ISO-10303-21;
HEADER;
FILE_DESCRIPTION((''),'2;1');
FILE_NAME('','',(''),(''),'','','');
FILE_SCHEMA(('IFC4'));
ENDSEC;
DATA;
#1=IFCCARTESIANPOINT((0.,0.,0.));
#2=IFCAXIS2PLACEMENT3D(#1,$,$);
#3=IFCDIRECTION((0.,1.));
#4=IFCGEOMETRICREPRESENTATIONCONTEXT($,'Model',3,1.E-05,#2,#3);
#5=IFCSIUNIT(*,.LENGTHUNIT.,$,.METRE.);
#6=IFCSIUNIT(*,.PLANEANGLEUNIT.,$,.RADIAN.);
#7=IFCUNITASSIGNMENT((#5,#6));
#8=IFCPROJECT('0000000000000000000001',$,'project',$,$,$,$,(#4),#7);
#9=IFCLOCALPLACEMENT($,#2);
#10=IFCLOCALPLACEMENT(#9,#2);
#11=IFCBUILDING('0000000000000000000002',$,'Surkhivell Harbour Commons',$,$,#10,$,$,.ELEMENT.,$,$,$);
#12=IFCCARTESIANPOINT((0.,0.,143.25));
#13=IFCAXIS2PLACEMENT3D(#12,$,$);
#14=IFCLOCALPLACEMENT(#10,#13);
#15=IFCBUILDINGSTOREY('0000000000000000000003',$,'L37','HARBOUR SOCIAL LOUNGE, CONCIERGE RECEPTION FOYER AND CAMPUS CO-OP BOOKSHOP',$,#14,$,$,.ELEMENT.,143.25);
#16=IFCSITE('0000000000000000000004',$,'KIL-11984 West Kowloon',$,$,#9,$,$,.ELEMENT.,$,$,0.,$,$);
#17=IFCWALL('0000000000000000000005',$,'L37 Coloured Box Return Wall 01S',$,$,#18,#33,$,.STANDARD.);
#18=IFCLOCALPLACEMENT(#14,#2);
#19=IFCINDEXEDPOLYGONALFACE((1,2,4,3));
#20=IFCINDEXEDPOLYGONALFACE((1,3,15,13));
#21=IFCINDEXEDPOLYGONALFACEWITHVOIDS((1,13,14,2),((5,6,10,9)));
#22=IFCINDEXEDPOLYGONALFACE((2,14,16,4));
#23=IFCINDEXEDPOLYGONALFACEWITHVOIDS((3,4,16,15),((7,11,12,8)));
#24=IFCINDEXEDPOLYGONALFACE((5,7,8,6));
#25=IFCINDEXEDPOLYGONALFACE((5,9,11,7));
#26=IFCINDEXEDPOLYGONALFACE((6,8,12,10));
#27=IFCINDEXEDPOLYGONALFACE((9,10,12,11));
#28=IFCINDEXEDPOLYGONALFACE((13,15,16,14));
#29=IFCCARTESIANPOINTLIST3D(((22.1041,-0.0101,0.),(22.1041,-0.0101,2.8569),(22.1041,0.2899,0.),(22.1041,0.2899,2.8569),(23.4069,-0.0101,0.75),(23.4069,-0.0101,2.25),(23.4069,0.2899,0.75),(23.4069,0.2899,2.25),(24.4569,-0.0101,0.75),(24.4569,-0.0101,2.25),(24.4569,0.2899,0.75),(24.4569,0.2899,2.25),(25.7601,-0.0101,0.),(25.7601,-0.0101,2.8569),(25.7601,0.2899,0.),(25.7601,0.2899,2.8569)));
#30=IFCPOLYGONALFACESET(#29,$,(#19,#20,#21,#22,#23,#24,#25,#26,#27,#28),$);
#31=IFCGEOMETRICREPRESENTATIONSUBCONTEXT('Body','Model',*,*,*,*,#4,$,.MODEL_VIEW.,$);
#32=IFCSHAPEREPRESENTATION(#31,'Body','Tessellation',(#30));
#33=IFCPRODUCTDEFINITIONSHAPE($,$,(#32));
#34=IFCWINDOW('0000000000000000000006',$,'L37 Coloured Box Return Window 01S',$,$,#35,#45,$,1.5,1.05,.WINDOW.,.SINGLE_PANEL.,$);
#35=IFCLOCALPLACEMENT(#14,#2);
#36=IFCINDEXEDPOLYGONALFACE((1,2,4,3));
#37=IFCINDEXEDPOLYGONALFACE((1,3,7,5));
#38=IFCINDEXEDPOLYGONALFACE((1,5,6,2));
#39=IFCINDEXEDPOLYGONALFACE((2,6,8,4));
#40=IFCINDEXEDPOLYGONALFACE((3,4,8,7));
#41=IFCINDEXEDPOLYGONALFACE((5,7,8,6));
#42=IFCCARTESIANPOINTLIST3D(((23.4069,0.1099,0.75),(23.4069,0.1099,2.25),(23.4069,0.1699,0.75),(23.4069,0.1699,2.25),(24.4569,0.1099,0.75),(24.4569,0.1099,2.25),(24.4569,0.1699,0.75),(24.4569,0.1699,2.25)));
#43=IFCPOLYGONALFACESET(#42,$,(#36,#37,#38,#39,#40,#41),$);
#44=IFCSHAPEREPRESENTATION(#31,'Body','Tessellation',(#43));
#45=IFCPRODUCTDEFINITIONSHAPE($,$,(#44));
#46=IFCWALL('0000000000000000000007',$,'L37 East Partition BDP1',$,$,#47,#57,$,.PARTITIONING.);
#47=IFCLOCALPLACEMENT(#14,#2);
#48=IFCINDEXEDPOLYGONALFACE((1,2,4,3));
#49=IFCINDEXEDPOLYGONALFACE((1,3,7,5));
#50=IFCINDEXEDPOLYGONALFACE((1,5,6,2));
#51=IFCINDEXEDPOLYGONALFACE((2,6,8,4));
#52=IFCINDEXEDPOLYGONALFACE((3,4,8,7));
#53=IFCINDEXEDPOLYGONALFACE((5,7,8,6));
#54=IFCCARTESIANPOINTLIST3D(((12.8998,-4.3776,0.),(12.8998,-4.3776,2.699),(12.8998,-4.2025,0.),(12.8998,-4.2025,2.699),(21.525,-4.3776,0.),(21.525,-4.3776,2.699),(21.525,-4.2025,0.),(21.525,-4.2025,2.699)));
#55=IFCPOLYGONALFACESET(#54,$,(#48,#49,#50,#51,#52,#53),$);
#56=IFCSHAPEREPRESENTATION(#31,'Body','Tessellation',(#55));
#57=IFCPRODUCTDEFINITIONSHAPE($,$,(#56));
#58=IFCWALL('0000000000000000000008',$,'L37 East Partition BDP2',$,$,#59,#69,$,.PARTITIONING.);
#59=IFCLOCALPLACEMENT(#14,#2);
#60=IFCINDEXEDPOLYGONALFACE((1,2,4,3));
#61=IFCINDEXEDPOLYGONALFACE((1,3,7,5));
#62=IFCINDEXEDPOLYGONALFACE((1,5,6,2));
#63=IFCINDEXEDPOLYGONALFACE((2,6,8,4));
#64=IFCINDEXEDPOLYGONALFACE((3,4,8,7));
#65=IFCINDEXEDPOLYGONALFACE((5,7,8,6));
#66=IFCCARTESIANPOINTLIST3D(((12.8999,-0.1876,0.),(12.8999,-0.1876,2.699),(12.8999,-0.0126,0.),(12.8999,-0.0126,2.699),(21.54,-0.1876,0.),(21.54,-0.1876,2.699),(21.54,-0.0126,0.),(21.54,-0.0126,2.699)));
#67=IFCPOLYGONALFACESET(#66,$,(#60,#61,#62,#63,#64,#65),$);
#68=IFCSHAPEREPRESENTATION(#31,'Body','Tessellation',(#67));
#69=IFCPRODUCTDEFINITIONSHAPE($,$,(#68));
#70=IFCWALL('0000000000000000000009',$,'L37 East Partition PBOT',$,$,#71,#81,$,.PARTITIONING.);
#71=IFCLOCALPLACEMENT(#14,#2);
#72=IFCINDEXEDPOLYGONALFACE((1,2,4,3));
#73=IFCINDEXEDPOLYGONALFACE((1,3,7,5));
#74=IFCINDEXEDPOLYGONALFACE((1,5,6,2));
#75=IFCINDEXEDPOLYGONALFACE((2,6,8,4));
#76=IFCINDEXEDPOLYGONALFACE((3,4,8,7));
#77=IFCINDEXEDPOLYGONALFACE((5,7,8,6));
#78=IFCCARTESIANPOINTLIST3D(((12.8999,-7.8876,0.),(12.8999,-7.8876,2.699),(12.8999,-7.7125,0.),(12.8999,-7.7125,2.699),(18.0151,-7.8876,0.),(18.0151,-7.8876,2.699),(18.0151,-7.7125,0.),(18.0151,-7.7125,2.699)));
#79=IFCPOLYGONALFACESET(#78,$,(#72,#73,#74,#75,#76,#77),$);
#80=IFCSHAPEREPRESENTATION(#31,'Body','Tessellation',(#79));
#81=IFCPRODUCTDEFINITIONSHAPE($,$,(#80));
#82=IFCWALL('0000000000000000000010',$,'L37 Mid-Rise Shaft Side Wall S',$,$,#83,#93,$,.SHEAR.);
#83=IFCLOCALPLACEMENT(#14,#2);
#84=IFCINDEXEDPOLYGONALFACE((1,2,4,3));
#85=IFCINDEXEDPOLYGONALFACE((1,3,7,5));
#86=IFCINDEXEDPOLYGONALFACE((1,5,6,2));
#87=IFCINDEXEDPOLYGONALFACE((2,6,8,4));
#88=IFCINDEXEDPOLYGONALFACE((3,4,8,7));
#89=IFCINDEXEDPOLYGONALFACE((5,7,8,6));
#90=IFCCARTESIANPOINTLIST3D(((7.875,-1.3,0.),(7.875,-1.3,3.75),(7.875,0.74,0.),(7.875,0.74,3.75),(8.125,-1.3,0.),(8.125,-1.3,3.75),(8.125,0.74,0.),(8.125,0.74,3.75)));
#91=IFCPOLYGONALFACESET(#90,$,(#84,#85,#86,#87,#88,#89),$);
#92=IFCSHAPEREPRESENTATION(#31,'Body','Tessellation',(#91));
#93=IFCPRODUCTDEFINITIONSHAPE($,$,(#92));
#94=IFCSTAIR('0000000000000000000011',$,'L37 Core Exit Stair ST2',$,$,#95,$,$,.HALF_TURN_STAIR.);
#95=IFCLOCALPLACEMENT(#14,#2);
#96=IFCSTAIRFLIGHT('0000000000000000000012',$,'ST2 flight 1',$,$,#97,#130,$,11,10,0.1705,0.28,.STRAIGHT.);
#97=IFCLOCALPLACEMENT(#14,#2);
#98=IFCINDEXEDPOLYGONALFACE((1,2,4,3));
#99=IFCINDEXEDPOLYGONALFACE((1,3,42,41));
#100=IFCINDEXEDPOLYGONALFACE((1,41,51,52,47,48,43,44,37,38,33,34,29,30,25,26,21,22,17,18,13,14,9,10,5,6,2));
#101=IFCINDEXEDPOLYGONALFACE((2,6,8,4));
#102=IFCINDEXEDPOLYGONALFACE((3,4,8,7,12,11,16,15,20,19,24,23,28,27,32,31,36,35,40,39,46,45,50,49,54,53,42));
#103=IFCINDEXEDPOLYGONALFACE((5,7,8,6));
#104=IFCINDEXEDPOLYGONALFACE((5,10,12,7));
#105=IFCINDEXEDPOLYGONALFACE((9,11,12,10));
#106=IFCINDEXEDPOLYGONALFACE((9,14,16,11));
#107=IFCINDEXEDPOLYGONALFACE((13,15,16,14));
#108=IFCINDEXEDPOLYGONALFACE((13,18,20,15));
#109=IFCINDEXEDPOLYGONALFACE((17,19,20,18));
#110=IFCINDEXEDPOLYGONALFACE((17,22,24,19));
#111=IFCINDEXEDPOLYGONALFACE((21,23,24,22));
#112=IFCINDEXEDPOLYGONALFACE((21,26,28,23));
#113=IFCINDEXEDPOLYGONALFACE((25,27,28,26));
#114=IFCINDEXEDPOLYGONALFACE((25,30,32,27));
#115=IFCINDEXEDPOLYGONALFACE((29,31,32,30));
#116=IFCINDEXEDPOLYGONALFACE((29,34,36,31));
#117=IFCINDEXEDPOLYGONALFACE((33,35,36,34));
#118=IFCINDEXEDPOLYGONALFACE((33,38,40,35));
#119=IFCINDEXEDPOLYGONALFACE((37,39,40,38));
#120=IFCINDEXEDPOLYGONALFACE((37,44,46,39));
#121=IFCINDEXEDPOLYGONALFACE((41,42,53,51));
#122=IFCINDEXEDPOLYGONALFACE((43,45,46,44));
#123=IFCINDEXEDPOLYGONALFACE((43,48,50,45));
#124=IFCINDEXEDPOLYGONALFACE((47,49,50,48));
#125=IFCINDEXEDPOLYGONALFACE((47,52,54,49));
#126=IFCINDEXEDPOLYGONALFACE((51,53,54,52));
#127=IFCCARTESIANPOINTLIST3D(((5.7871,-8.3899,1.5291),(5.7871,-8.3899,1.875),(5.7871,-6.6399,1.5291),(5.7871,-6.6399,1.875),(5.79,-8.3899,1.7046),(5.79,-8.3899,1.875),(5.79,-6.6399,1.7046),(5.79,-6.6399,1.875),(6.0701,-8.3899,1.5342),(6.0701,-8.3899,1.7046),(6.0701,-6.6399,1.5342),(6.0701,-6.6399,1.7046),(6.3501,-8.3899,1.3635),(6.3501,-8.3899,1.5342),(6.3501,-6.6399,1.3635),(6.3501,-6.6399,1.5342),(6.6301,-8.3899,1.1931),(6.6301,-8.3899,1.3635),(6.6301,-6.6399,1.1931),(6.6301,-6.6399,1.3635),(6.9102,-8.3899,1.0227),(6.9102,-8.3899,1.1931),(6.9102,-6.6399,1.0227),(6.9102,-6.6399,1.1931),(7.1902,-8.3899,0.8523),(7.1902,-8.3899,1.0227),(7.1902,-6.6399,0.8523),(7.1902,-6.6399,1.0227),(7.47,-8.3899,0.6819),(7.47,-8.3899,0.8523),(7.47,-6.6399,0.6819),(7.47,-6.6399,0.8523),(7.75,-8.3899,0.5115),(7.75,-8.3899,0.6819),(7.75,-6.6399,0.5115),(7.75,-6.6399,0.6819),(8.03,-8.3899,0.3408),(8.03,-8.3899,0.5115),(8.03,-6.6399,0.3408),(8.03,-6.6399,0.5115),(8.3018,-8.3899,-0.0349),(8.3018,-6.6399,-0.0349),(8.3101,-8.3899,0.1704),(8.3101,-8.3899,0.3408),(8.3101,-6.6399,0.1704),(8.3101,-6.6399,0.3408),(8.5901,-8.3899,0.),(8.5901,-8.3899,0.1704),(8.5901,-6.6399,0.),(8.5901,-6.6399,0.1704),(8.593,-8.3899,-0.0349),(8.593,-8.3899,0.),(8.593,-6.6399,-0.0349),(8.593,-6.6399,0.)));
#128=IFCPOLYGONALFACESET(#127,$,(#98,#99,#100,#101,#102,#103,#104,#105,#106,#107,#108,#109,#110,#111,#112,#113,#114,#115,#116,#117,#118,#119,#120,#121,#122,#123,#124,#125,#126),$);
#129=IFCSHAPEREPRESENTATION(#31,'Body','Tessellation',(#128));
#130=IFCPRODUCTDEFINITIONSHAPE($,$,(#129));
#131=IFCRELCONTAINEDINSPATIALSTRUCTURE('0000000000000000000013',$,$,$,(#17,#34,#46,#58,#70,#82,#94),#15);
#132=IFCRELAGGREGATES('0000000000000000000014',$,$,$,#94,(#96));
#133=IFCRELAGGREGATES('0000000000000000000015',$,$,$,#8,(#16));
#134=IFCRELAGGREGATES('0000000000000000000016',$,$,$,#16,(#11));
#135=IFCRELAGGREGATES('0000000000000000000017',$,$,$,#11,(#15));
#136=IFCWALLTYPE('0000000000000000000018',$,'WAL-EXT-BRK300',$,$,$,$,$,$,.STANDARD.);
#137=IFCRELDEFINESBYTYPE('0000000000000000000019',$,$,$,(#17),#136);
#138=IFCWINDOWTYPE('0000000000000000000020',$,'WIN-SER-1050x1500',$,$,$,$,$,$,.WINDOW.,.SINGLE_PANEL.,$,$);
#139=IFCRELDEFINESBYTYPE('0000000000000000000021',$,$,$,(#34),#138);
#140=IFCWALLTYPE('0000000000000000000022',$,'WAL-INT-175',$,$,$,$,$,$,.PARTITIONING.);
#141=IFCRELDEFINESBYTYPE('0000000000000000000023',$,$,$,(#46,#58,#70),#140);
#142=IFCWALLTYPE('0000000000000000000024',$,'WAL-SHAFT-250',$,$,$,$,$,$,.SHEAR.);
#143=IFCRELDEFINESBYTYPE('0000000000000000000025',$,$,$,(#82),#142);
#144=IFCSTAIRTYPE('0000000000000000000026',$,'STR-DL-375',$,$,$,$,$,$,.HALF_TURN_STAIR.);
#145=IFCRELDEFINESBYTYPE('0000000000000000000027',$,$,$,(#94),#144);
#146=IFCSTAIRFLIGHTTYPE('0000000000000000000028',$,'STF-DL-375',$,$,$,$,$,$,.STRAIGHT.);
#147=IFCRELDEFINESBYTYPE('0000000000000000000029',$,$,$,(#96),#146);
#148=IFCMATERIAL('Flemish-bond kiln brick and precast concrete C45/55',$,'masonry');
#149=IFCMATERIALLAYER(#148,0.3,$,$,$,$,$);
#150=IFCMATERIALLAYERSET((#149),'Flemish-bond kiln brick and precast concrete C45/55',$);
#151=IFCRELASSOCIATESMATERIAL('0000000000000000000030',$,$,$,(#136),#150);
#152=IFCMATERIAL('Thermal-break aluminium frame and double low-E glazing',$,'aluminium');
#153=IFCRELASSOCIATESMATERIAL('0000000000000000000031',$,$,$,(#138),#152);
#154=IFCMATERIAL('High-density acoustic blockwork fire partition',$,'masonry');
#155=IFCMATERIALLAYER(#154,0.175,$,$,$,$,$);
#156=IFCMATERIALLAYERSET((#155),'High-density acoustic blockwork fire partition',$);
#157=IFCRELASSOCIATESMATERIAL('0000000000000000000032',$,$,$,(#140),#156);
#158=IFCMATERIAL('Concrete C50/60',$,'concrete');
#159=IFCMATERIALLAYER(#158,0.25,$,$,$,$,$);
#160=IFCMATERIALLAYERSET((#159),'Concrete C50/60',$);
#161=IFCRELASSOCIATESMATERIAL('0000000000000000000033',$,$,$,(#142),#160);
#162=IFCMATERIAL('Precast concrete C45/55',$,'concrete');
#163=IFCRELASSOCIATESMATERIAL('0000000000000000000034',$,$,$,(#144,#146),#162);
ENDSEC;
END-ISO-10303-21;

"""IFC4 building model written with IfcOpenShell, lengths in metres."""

from ifc_helpers import new_model, si_unit, direction, frame, frame_2d, origin, place, context, subcontext, project, spatial, polyline, rectangle, outline, extrude, material, layer, layer_set, type_object, element, fill, aggregate, save


model = new_model("IFC4")

# Units and contexts
model_context = context("Model", 3, precision=1e-05, world=origin(), true_north=direction((0.0, 1.0)))
body_context = subcontext(model_context, "Body", "Model", "MODEL_VIEW")
ifc_project = project(units=[si_unit("LENGTHUNIT", "METRE"), si_unit("PLANEANGLEUNIT", "RADIAN")], contexts=[model_context])

# Site, building, storey
site_placement = place(None, origin())
site = spatial("IfcSite", under=ifc_project, at=site_placement, Name="KIL-11984 West Kowloon", CompositionType="ELEMENT", RefElevation=0.0)
building_placement = place(site_placement, origin())
building = spatial("IfcBuilding", under=site, at=building_placement, Name="Surkhivell Harbour Commons", CompositionType="ELEMENT")
storey_placement = place(building_placement, frame((0.0, 0.0, 143.25)))
storey = spatial("IfcBuildingStorey", under=building, at=storey_placement, Name="L37", Description="HARBOUR SOCIAL LOUNGE, CONCIERGE RECEPTION FOYER AND CAMPUS CO-OP BOOKSHOP", CompositionType="ELEMENT", Elevation=143.25)

# Wall, opening, window
ifc_material_1 = material(Name="Flemish-bond kiln brick and precast concrete C45/55", Category="masonry")
ifc_layer_1 = layer(ifc_material_1, 0.3)
ifc_layer_set_1 = layer_set([ifc_layer_1], Name="Flemish-bond kiln brick and precast concrete C45/55")
wall_type_1 = type_object("IfcWallType", Name="WAL-EXT-BRK300", PredefinedType="STANDARD", material=ifc_layer_set_1)
ifc_material_2 = material(Name="Thermal-break aluminium frame and double low-E glazing", Category="aluminium")
wall_1_placement = place(storey_placement, frame((22.104, 0.1399, 0.0), z_axis=(0.0, 0.0, 1.0), x_axis=(1.0, 0.0, 0.0)))
wall_1 = element("IfcWall", 1, at=wall_1_placement, inside=storey, type_object=wall_type_1, Name="L37 Coloured Box Return Wall 01S", PredefinedType="STANDARD", context=body_context, shape_type="SweptSolid", body=[
    extrude(rectangle(XDim=3.656, YDim=0.3, at=frame_2d((1.8281, 0.0))), origin(), (0.0, 0.0, 1.0), 2.8569),
])
opening_1_placement = place(wall_1_placement, frame((1.303, 0.0, 0.75)))
opening_1 = element("IfcOpeningElement", 2, at=opening_1_placement, cuts=wall_1, PredefinedType="OPENING", context=body_context, shape_type="SweptSolid", body=[
    extrude(rectangle(XDim=1.05, YDim=1.5, at=frame_2d((0.5249, 0.75))), frame((0.0, 0.1599, 0.0), z_axis=(0.0, -1.0, 0.0), x_axis=(1.0, 0.0, 0.0)), (0.0, 0.0, 1.0), 0.3201),
])
window_type_1 = type_object("IfcWindowType", Name="WIN-SER-1050x1500", PartitioningType="SINGLE_PANEL", PredefinedType="WINDOW", material=ifc_material_2)
window_1_placement = place(opening_1_placement, origin())
window_1 = element("IfcWindow", 3, at=window_1_placement, inside=storey, type_object=window_type_1, Name="L37 Coloured Box Return Window 01S", OverallHeight=1.5, OverallWidth=1.05, PartitioningType="SINGLE_PANEL", PredefinedType="WINDOW", context=body_context, shape_type="SweptSolid", body=[
    extrude(rectangle(XDim=1.05, YDim=1.5, at=frame_2d((0.5249, 0.75))), frame((0.0, 0.03, 0.0), z_axis=(0.0, -1.0, 0.0), x_axis=(1.0, 0.0, 0.0)), (0.0, 0.0, 1.0), 0.0601),
])
fill(opening_1, window_1)

# Walls
ifc_material_3 = material(Name="High-density acoustic blockwork fire partition", Category="masonry")
ifc_layer_2 = layer(ifc_material_3, 0.175)
ifc_layer_set_2 = layer_set([ifc_layer_2], Name="High-density acoustic blockwork fire partition")
wall_type_2 = type_object("IfcWallType", Name="WAL-INT-175", PredefinedType="PARTITIONING", material=ifc_layer_set_2)
wall_2_placement = place(storey_placement, frame((12.8999, -4.29, 0.0), z_axis=(0.0, 0.0, 1.0), x_axis=(1.0, 0.0, 0.0)))
element("IfcWall", 4, at=wall_2_placement, inside=storey, type_object=wall_type_2, Name="L37 East Partition BDP1", PredefinedType="PARTITIONING", context=body_context, shape_type="SweptSolid", body=[
    extrude(rectangle(XDim=8.6252, YDim=0.175, at=frame_2d((4.3125, 0.0))), origin(), (0.0, 0.0, 1.0), 2.699),
])
wall_3_placement = place(storey_placement, frame((12.8999, -0.1001, 0.0), z_axis=(0.0, 0.0, 1.0), x_axis=(1.0, 0.0, 0.0)))
element("IfcWall", 5, at=wall_3_placement, inside=storey, type_object=wall_type_2, Name="L37 East Partition BDP2", PredefinedType="PARTITIONING", context=body_context, shape_type="SweptSolid", body=[
    extrude(rectangle(XDim=8.6401, YDim=0.175, at=frame_2d((4.3201, 0.0))), origin(), (0.0, 0.0, 1.0), 2.699),
])
wall_4_placement = place(storey_placement, frame((12.8999, -7.8, 0.0), z_axis=(0.0, 0.0, 1.0), x_axis=(1.0, 0.0, 0.0)))
element("IfcWall", 6, at=wall_4_placement, inside=storey, type_object=wall_type_2, Name="L37 East Partition PBOT", PredefinedType="PARTITIONING", context=body_context, shape_type="SweptSolid", body=[
    extrude(rectangle(XDim=5.1152, YDim=0.175, at=frame_2d((2.5576, 0.0))), origin(), (0.0, 0.0, 1.0), 2.699),
])
ifc_material_4 = material(Name="Concrete C50/60", Category="concrete")
ifc_layer_3 = layer(ifc_material_4, 0.25)
ifc_layer_set_3 = layer_set([ifc_layer_3], Name="Concrete C50/60")
wall_type_3 = type_object("IfcWallType", Name="WAL-SHAFT-250", PredefinedType="SHEAR", material=ifc_layer_set_3)
wall_5_placement = place(storey_placement, frame((8.0, -1.3, 0.0), z_axis=(0.0, 0.0, 1.0), x_axis=(0.0, 1.0, 0.0)))
element("IfcWall", 7, at=wall_5_placement, inside=storey, type_object=wall_type_3, Name="L37 Mid-Rise Shaft Side Wall S", PredefinedType="SHEAR", context=body_context, shape_type="SweptSolid", body=[
    extrude(rectangle(XDim=2.04, YDim=0.25, at=frame_2d((1.02, 0.0))), origin(), (0.0, 0.0, 1.0), 3.75),
])

# Stair, stair flight
ifc_material_5 = material(Name="Precast concrete C45/55", Category="concrete")
stair_type = type_object("IfcStairType", Name="STR-DL-375", PredefinedType="HALF_TURN_STAIR", material=ifc_material_5)
stair_placement = place(storey_placement, origin())
stair = element("IfcStair", 8, at=stair_placement, inside=storey, type_object=stair_type, Name="L37 Core Exit Stair ST2", PredefinedType="HALF_TURN_STAIR")
stair_flight_type = type_object("IfcStairFlightType", Name="STF-DL-375", PredefinedType="STRAIGHT", material=ifc_material_5)
stair_flight_placement = place(storey_placement, frame((8.5901, -7.5149, 0.0), z_axis=(0.0, 0.0, 1.0), x_axis=(-1.0, 0.0, 0.0)))
stair_flight = element("IfcStairFlight", 9, at=stair_flight_placement, type_object=stair_flight_type, Name="ST2 flight 1", NumberOfRisers=11, NumberOfTreads=10, PredefinedType="STRAIGHT", RiserHeight=0.1705, TreadLength=0.28, context=body_context, shape_type="SweptSolid", body=[
    extrude(outline(polyline([(-0.0029, -0.0349), (-0.0029, 0.0), (0.0, 0.0), (0.0, 0.1704), (0.28, 0.1704), (0.28, 0.3408), (0.5601, 0.3408), (0.5601, 0.5115), (0.8401, 0.5115), (0.8401, 0.6819), (1.1201, 0.6819), (1.1201, 0.8523), (1.3999, 0.8523), (1.3999, 1.0227), (1.6799, 1.0227), (1.6799, 1.1931), (1.96, 1.1931), (1.96, 1.3635), (2.24, 1.3635), (2.24, 1.5342), (2.52, 1.5342), (2.52, 1.7046), (2.8, 1.7046), (2.8, 1.875), (2.803, 1.875), (2.803, 1.5291), (0.2883, -0.0349), (-0.0029, -0.0349)])), frame((0.0, 0.875, 0.0), z_axis=(0.0, -1.0, 0.0), x_axis=(1.0, 0.0, 0.0)), (0.0, 0.0, 1.0), 1.75),
])
aggregate(stair, [stair_flight])

save(model, "model.ifc")
